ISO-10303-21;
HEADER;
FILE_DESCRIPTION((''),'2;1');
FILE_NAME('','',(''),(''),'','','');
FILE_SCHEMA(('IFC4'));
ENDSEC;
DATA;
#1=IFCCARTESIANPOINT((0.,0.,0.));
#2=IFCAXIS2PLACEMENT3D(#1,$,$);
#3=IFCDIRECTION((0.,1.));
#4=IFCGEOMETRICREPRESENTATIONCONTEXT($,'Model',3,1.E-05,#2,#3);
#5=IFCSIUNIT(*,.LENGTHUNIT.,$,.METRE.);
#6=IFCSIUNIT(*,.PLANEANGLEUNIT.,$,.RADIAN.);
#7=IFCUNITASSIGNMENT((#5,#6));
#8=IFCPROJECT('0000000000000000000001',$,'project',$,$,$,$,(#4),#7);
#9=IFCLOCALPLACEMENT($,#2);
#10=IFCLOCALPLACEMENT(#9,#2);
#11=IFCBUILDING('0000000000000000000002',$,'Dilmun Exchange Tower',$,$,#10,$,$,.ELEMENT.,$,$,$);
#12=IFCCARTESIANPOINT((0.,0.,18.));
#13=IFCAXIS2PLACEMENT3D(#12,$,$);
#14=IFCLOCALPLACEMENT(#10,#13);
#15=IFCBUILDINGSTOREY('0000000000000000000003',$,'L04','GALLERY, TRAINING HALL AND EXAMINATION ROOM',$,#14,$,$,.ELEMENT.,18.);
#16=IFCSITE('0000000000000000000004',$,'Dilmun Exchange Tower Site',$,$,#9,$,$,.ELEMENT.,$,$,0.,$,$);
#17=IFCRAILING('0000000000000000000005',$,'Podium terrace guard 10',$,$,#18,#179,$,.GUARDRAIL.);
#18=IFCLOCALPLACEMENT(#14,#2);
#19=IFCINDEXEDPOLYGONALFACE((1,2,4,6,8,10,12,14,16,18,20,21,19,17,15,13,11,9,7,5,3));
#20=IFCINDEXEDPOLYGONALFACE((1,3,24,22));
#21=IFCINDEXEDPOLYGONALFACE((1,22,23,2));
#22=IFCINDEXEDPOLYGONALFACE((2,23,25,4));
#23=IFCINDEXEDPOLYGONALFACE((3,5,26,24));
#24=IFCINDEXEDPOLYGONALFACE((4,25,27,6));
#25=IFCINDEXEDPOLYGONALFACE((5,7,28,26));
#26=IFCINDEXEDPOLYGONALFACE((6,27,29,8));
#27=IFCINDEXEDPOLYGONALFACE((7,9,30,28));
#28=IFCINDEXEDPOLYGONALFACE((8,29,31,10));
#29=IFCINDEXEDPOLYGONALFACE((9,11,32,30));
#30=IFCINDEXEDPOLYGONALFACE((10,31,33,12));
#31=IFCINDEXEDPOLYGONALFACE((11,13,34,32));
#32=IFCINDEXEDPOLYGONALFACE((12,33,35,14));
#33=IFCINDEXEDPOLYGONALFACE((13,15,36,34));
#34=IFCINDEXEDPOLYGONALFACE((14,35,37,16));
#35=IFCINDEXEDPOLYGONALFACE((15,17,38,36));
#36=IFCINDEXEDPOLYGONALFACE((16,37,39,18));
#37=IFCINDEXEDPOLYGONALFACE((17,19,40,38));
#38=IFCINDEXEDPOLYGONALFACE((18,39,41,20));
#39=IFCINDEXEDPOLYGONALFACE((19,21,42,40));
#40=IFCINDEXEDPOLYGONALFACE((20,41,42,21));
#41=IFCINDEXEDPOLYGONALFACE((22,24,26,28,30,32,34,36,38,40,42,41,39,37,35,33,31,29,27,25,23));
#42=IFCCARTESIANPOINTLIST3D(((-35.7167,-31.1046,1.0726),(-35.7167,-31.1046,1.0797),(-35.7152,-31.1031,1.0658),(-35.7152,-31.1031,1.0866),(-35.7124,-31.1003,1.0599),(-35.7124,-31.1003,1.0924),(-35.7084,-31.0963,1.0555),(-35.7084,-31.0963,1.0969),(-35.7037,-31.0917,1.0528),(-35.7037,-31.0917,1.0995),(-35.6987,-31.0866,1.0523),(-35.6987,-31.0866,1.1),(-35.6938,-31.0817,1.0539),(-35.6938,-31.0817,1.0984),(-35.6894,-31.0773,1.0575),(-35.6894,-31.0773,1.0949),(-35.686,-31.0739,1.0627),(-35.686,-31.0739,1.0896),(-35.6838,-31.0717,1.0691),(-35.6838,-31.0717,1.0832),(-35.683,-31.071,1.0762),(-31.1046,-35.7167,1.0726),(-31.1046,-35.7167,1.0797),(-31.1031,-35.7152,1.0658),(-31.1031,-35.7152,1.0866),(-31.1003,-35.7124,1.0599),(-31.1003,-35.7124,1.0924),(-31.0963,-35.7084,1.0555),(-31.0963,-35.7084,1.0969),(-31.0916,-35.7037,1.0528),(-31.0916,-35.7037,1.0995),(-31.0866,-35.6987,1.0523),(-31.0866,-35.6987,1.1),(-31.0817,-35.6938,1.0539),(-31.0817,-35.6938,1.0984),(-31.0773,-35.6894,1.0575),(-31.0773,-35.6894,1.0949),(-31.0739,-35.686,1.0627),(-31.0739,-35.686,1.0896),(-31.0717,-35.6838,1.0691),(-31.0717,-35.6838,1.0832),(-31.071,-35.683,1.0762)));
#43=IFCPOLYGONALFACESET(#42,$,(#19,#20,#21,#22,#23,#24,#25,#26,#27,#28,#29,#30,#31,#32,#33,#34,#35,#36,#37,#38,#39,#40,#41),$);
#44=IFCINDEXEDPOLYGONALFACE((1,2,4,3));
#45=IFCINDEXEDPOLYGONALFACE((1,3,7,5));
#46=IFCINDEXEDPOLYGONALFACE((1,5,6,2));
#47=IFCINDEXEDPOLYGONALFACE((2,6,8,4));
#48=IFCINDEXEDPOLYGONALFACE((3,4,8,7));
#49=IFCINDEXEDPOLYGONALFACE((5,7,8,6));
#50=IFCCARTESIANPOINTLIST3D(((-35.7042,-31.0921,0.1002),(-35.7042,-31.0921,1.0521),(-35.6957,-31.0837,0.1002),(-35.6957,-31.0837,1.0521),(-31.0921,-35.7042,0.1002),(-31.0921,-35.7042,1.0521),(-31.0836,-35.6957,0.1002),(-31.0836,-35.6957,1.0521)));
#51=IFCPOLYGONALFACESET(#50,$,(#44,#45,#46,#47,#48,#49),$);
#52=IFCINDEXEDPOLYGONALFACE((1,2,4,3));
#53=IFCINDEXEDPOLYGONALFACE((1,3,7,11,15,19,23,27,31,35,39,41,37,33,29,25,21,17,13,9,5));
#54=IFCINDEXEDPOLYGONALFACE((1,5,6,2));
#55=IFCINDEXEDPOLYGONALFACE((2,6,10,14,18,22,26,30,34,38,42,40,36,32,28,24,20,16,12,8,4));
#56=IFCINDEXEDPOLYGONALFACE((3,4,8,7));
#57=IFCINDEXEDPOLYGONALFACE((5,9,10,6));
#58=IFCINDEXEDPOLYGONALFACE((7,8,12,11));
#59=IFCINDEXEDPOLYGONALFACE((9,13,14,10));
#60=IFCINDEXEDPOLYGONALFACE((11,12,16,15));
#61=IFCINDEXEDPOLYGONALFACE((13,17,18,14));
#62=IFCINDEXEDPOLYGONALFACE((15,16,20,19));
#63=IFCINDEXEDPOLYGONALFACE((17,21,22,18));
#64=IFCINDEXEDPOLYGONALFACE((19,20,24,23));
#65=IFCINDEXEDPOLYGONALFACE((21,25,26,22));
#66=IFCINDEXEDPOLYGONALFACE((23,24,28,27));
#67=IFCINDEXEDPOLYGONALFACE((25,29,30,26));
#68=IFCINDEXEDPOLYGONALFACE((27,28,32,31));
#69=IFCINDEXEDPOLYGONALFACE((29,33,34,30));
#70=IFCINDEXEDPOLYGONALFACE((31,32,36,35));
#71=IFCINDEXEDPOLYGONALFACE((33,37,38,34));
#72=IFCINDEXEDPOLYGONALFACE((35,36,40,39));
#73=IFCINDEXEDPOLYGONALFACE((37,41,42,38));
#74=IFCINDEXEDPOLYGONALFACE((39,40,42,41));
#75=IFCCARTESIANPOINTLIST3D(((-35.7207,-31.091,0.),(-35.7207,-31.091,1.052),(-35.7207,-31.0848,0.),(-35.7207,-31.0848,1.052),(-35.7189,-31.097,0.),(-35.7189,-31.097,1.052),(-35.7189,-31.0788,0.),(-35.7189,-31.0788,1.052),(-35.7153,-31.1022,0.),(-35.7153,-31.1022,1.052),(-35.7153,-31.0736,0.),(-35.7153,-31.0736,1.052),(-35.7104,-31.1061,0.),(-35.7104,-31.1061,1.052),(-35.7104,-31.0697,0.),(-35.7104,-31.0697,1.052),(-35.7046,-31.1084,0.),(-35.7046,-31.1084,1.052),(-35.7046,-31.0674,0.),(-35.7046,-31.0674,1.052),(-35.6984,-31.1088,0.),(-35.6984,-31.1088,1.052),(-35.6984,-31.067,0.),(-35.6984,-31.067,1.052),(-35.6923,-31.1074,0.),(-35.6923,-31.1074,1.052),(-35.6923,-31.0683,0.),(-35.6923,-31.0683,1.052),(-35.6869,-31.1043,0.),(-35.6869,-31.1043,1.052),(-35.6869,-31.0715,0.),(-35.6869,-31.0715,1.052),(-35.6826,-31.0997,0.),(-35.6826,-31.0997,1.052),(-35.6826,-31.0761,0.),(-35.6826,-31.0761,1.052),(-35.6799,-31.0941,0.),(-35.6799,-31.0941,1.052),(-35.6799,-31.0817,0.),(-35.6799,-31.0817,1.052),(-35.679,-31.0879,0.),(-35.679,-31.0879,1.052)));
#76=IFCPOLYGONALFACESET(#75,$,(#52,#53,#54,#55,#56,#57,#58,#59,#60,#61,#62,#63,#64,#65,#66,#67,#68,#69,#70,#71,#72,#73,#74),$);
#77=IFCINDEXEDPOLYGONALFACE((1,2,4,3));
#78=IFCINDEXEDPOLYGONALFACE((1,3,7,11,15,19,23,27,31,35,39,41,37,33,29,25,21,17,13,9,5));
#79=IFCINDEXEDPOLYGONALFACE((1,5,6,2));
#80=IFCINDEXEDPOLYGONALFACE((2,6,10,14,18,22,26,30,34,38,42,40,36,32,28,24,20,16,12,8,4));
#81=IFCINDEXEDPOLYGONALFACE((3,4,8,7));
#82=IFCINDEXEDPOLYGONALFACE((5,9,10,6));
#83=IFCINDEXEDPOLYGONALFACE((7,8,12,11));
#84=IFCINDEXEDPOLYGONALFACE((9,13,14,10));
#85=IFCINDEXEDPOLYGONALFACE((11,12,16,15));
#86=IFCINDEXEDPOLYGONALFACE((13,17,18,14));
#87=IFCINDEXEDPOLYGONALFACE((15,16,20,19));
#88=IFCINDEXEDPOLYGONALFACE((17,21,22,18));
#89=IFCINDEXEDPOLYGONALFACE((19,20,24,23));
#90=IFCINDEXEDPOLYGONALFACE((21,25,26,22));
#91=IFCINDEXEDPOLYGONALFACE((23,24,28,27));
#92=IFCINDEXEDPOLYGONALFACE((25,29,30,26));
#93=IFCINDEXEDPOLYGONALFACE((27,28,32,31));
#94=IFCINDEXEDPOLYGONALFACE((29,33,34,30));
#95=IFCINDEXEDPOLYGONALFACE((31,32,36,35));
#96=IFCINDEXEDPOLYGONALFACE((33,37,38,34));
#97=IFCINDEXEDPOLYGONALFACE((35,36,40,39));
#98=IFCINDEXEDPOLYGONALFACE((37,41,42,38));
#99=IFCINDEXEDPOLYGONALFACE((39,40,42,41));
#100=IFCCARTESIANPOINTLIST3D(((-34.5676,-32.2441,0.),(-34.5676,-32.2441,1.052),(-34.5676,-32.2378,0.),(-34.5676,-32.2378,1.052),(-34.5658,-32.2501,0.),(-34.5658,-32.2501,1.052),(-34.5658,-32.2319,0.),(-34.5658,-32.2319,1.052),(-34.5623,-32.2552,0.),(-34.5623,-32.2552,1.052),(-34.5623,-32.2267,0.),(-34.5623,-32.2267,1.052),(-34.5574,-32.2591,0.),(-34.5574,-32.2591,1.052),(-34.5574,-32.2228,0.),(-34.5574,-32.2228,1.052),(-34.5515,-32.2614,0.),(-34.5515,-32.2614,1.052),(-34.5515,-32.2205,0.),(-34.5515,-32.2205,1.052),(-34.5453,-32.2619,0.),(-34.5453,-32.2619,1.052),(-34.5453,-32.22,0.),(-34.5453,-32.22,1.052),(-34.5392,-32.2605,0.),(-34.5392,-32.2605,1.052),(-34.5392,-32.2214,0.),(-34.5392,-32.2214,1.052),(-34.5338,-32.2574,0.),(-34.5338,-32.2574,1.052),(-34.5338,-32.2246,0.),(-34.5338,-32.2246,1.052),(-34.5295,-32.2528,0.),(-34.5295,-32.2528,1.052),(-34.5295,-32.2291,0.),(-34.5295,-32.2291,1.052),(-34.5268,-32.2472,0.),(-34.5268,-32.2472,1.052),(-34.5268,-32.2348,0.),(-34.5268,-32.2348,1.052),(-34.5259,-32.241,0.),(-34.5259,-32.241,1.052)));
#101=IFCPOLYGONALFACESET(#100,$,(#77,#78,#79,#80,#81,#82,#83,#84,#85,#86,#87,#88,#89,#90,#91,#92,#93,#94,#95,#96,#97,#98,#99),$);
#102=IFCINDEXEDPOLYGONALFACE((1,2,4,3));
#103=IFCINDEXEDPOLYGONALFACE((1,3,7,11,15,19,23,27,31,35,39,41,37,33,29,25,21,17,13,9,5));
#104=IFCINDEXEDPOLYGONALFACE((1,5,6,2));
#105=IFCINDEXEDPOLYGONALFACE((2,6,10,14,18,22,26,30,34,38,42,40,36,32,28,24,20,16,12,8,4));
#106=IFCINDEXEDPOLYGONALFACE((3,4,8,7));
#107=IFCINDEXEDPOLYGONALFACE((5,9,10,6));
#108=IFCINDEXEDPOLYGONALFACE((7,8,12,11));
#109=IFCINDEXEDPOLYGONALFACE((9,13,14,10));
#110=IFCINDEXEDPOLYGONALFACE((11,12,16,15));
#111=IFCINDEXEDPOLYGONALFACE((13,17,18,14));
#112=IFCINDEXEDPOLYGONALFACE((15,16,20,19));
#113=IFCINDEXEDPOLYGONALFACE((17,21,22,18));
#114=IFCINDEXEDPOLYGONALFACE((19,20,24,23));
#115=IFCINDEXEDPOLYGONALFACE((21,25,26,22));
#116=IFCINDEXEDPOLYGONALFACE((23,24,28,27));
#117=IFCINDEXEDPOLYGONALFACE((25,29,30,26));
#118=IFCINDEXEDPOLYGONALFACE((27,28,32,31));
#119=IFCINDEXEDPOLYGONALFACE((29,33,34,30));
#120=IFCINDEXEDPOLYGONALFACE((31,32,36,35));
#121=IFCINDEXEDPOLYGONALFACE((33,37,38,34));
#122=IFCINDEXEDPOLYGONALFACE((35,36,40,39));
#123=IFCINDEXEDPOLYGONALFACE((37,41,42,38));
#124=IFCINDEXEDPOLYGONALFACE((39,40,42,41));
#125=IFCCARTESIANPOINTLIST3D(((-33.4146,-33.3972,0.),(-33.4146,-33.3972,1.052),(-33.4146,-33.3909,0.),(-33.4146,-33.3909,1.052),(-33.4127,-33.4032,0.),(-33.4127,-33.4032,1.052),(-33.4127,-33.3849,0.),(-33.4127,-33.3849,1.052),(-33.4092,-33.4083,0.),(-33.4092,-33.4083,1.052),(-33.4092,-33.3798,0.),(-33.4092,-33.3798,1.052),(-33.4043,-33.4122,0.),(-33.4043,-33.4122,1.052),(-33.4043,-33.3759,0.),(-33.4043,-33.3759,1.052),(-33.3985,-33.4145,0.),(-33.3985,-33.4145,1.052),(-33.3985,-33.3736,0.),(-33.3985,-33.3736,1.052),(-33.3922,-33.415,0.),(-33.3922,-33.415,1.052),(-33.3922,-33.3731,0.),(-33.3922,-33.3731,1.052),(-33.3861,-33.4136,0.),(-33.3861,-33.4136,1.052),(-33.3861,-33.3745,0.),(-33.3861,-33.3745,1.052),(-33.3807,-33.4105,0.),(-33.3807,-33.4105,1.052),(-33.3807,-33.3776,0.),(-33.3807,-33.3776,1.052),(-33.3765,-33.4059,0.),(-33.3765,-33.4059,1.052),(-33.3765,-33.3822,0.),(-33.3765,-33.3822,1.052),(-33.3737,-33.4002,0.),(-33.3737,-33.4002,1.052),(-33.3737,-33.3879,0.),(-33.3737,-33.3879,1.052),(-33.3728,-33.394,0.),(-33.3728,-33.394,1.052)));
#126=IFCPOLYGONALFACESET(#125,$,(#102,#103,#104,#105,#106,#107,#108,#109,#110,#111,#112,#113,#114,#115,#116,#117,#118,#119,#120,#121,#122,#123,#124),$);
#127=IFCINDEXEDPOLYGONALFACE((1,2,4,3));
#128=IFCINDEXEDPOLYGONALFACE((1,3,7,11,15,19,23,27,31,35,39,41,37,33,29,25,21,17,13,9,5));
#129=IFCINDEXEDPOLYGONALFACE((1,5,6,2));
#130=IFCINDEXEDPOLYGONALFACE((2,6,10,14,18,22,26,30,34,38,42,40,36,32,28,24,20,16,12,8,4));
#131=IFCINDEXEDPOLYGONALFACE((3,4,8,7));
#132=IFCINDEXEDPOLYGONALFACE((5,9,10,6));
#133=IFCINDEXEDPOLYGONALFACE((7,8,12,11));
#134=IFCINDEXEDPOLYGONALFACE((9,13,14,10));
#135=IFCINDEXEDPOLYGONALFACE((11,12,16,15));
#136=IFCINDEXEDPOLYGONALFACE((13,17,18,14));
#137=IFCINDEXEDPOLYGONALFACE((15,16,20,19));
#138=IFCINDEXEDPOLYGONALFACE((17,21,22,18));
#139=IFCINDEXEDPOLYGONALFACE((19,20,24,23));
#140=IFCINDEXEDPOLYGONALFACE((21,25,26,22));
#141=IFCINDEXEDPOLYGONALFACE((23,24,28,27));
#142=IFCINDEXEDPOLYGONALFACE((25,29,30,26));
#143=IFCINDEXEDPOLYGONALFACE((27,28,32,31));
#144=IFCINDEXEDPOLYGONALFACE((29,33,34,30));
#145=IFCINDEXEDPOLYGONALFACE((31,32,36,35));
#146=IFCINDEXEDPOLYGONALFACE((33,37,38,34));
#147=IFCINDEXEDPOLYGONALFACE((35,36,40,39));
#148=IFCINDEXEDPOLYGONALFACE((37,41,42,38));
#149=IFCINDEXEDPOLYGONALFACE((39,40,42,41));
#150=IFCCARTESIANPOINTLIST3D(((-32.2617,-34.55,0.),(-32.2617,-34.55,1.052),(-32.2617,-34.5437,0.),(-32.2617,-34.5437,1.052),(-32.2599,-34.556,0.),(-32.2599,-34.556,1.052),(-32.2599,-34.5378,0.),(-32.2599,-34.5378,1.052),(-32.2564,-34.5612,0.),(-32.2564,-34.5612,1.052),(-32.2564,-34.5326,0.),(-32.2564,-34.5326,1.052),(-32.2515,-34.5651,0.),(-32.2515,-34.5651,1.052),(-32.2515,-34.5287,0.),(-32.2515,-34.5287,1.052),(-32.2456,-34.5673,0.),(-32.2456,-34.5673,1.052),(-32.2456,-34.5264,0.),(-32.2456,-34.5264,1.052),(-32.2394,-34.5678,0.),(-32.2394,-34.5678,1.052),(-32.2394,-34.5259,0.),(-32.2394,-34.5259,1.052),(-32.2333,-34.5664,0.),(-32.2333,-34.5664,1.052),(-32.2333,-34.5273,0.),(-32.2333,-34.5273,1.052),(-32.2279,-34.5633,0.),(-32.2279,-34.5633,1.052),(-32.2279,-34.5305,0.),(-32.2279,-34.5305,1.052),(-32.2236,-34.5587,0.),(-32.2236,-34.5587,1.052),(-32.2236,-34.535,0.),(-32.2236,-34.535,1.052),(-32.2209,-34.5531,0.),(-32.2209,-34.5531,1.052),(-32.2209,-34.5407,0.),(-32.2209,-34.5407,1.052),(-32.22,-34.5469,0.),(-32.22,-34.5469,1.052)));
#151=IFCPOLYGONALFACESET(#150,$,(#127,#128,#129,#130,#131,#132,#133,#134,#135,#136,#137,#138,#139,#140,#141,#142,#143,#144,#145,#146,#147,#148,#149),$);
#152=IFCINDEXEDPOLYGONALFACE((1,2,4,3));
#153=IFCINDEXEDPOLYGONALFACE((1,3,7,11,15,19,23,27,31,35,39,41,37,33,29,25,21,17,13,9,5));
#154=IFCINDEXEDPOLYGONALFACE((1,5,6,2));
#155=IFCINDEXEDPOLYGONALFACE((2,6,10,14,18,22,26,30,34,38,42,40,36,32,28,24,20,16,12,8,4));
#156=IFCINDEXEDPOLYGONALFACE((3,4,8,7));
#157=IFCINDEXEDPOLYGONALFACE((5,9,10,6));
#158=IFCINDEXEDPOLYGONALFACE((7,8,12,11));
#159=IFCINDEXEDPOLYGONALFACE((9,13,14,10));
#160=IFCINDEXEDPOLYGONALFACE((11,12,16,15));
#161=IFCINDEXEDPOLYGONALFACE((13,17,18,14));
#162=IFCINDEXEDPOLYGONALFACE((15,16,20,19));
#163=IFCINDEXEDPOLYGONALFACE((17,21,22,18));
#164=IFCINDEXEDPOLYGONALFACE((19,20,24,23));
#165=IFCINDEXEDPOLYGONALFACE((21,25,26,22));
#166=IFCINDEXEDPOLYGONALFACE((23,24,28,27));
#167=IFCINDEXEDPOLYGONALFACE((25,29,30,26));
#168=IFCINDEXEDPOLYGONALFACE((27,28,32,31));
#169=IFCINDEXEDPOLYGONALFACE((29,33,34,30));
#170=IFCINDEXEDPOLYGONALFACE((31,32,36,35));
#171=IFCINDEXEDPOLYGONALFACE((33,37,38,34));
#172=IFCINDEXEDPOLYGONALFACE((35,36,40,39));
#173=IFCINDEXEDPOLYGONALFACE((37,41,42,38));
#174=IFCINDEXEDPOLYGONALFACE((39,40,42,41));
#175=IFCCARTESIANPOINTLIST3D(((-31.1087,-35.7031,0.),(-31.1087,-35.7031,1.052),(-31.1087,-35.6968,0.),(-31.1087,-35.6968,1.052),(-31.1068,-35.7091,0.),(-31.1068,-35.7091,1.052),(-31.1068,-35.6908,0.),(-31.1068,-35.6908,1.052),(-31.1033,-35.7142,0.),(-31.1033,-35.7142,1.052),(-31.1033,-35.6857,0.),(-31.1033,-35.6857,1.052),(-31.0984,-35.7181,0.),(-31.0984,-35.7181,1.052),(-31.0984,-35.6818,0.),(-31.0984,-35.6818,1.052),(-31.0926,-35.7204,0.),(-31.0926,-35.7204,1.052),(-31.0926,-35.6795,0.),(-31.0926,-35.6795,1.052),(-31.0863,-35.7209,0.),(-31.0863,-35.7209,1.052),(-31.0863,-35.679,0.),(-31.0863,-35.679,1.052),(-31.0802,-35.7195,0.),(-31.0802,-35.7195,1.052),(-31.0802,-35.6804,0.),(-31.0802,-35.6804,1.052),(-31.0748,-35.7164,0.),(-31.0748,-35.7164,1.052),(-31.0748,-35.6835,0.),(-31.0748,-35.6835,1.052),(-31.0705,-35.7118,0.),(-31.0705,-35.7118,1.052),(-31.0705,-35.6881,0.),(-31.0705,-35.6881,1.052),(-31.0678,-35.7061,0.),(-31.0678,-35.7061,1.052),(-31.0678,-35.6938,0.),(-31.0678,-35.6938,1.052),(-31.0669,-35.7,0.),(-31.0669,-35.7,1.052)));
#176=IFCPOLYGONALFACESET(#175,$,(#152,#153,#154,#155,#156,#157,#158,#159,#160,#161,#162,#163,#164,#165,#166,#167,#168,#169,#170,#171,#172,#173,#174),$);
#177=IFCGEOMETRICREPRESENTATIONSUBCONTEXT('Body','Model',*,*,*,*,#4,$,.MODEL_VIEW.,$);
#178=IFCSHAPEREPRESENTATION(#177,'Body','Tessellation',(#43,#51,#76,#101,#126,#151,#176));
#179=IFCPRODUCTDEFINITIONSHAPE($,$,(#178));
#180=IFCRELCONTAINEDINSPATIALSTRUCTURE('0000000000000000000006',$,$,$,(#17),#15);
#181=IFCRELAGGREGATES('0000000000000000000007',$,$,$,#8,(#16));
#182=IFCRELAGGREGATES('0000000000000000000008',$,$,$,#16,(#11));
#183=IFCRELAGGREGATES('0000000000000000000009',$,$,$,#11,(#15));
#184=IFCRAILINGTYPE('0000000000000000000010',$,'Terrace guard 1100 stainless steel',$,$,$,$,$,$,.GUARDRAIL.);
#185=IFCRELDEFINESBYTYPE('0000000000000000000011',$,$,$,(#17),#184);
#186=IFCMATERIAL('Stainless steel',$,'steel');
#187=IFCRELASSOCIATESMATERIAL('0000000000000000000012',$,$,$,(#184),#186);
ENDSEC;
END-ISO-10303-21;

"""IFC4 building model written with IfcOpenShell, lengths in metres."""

from ifc_helpers import new_model, si_unit, direction, frame, origin, origin_2d, place, context, subcontext, project, spatial, rectangle, circle, extrude, material, type_object, element, save


model = new_model("IFC4")

# Units and contexts
model_context = context("Model", 3, precision=1e-05, world=origin(), true_north=direction((0.0, 1.0)))
body_context = subcontext(model_context, "Body", "Model", "MODEL_VIEW")
ifc_project = project(units=[si_unit("LENGTHUNIT", "METRE"), si_unit("PLANEANGLEUNIT", "RADIAN")], contexts=[model_context])

# Site, building, storey
site_placement = place(None, origin())
site = spatial("IfcSite", under=ifc_project, at=site_placement, Name="Dilmun Exchange Tower Site", CompositionType="ELEMENT", RefElevation=0.0)
building_placement = place(site_placement, origin())
building = spatial("IfcBuilding", under=site, at=building_placement, Name="Dilmun Exchange Tower", CompositionType="ELEMENT")
storey_placement = place(building_placement, frame((0.0, 0.0, 18.0)))
storey = spatial("IfcBuildingStorey", under=building, at=storey_placement, Name="L04", Description="GALLERY, TRAINING HALL AND EXAMINATION ROOM", CompositionType="ELEMENT", Elevation=18.0)

# Railing
ifc_material_1 = material(Name="Stainless steel", Category="steel")
railing_type = type_object("IfcRailingType", Name="Terrace guard 1100 stainless steel", PredefinedType="GUARDRAIL", material=ifc_material_1)
railing_1_placement = place(storey_placement, frame((-35.7, -31.0879, 0.0)))
element("IfcRailing", 1, at=railing_1_placement, inside=storey, type_object=railing_type, Name="Podium terrace guard 10", PredefinedType="GUARDRAIL", context=body_context, shape_type="SweptSolid", body=[
    extrude(circle(Radius=0.0239, at=origin_2d()), frame((0.0, 0.0, 1.0762), z_axis=(0.707107, -0.707107, 0.0), x_axis=(0.707107, 0.707107, 0.0)), (0.0, 0.0, 1.0), 6.5225),
    extrude(rectangle(XDim=0.012, YDim=0.9519, at=origin_2d()), frame((0.0, 0.0, 0.5762), z_axis=(0.707107, -0.707107, 0.0), x_axis=(0.707107, 0.707107, 0.0)), (0.0, 0.0, 1.0), 6.5225),
    extrude(circle(Radius=0.021, at=origin_2d()), origin(), (0.0, 0.0, 1.0), 1.052),
    extrude(circle(Radius=0.021, at=origin_2d()), frame((1.1531, -1.1531, 0.0)), (0.0, 0.0, 1.0), 1.052),
    extrude(circle(Radius=0.021, at=origin_2d()), frame((2.3062, -2.3062, 0.0)), (0.0, 0.0, 1.0), 1.052),
    extrude(circle(Radius=0.021, at=origin_2d()), frame((3.459, -3.459, 0.0)), (0.0, 0.0, 1.0), 1.052),
    extrude(circle(Radius=0.021, at=origin_2d()), frame((4.6121, -4.6121, 0.0)), (0.0, 0.0, 1.0), 1.052),
])

save(model, "model.ifc")
